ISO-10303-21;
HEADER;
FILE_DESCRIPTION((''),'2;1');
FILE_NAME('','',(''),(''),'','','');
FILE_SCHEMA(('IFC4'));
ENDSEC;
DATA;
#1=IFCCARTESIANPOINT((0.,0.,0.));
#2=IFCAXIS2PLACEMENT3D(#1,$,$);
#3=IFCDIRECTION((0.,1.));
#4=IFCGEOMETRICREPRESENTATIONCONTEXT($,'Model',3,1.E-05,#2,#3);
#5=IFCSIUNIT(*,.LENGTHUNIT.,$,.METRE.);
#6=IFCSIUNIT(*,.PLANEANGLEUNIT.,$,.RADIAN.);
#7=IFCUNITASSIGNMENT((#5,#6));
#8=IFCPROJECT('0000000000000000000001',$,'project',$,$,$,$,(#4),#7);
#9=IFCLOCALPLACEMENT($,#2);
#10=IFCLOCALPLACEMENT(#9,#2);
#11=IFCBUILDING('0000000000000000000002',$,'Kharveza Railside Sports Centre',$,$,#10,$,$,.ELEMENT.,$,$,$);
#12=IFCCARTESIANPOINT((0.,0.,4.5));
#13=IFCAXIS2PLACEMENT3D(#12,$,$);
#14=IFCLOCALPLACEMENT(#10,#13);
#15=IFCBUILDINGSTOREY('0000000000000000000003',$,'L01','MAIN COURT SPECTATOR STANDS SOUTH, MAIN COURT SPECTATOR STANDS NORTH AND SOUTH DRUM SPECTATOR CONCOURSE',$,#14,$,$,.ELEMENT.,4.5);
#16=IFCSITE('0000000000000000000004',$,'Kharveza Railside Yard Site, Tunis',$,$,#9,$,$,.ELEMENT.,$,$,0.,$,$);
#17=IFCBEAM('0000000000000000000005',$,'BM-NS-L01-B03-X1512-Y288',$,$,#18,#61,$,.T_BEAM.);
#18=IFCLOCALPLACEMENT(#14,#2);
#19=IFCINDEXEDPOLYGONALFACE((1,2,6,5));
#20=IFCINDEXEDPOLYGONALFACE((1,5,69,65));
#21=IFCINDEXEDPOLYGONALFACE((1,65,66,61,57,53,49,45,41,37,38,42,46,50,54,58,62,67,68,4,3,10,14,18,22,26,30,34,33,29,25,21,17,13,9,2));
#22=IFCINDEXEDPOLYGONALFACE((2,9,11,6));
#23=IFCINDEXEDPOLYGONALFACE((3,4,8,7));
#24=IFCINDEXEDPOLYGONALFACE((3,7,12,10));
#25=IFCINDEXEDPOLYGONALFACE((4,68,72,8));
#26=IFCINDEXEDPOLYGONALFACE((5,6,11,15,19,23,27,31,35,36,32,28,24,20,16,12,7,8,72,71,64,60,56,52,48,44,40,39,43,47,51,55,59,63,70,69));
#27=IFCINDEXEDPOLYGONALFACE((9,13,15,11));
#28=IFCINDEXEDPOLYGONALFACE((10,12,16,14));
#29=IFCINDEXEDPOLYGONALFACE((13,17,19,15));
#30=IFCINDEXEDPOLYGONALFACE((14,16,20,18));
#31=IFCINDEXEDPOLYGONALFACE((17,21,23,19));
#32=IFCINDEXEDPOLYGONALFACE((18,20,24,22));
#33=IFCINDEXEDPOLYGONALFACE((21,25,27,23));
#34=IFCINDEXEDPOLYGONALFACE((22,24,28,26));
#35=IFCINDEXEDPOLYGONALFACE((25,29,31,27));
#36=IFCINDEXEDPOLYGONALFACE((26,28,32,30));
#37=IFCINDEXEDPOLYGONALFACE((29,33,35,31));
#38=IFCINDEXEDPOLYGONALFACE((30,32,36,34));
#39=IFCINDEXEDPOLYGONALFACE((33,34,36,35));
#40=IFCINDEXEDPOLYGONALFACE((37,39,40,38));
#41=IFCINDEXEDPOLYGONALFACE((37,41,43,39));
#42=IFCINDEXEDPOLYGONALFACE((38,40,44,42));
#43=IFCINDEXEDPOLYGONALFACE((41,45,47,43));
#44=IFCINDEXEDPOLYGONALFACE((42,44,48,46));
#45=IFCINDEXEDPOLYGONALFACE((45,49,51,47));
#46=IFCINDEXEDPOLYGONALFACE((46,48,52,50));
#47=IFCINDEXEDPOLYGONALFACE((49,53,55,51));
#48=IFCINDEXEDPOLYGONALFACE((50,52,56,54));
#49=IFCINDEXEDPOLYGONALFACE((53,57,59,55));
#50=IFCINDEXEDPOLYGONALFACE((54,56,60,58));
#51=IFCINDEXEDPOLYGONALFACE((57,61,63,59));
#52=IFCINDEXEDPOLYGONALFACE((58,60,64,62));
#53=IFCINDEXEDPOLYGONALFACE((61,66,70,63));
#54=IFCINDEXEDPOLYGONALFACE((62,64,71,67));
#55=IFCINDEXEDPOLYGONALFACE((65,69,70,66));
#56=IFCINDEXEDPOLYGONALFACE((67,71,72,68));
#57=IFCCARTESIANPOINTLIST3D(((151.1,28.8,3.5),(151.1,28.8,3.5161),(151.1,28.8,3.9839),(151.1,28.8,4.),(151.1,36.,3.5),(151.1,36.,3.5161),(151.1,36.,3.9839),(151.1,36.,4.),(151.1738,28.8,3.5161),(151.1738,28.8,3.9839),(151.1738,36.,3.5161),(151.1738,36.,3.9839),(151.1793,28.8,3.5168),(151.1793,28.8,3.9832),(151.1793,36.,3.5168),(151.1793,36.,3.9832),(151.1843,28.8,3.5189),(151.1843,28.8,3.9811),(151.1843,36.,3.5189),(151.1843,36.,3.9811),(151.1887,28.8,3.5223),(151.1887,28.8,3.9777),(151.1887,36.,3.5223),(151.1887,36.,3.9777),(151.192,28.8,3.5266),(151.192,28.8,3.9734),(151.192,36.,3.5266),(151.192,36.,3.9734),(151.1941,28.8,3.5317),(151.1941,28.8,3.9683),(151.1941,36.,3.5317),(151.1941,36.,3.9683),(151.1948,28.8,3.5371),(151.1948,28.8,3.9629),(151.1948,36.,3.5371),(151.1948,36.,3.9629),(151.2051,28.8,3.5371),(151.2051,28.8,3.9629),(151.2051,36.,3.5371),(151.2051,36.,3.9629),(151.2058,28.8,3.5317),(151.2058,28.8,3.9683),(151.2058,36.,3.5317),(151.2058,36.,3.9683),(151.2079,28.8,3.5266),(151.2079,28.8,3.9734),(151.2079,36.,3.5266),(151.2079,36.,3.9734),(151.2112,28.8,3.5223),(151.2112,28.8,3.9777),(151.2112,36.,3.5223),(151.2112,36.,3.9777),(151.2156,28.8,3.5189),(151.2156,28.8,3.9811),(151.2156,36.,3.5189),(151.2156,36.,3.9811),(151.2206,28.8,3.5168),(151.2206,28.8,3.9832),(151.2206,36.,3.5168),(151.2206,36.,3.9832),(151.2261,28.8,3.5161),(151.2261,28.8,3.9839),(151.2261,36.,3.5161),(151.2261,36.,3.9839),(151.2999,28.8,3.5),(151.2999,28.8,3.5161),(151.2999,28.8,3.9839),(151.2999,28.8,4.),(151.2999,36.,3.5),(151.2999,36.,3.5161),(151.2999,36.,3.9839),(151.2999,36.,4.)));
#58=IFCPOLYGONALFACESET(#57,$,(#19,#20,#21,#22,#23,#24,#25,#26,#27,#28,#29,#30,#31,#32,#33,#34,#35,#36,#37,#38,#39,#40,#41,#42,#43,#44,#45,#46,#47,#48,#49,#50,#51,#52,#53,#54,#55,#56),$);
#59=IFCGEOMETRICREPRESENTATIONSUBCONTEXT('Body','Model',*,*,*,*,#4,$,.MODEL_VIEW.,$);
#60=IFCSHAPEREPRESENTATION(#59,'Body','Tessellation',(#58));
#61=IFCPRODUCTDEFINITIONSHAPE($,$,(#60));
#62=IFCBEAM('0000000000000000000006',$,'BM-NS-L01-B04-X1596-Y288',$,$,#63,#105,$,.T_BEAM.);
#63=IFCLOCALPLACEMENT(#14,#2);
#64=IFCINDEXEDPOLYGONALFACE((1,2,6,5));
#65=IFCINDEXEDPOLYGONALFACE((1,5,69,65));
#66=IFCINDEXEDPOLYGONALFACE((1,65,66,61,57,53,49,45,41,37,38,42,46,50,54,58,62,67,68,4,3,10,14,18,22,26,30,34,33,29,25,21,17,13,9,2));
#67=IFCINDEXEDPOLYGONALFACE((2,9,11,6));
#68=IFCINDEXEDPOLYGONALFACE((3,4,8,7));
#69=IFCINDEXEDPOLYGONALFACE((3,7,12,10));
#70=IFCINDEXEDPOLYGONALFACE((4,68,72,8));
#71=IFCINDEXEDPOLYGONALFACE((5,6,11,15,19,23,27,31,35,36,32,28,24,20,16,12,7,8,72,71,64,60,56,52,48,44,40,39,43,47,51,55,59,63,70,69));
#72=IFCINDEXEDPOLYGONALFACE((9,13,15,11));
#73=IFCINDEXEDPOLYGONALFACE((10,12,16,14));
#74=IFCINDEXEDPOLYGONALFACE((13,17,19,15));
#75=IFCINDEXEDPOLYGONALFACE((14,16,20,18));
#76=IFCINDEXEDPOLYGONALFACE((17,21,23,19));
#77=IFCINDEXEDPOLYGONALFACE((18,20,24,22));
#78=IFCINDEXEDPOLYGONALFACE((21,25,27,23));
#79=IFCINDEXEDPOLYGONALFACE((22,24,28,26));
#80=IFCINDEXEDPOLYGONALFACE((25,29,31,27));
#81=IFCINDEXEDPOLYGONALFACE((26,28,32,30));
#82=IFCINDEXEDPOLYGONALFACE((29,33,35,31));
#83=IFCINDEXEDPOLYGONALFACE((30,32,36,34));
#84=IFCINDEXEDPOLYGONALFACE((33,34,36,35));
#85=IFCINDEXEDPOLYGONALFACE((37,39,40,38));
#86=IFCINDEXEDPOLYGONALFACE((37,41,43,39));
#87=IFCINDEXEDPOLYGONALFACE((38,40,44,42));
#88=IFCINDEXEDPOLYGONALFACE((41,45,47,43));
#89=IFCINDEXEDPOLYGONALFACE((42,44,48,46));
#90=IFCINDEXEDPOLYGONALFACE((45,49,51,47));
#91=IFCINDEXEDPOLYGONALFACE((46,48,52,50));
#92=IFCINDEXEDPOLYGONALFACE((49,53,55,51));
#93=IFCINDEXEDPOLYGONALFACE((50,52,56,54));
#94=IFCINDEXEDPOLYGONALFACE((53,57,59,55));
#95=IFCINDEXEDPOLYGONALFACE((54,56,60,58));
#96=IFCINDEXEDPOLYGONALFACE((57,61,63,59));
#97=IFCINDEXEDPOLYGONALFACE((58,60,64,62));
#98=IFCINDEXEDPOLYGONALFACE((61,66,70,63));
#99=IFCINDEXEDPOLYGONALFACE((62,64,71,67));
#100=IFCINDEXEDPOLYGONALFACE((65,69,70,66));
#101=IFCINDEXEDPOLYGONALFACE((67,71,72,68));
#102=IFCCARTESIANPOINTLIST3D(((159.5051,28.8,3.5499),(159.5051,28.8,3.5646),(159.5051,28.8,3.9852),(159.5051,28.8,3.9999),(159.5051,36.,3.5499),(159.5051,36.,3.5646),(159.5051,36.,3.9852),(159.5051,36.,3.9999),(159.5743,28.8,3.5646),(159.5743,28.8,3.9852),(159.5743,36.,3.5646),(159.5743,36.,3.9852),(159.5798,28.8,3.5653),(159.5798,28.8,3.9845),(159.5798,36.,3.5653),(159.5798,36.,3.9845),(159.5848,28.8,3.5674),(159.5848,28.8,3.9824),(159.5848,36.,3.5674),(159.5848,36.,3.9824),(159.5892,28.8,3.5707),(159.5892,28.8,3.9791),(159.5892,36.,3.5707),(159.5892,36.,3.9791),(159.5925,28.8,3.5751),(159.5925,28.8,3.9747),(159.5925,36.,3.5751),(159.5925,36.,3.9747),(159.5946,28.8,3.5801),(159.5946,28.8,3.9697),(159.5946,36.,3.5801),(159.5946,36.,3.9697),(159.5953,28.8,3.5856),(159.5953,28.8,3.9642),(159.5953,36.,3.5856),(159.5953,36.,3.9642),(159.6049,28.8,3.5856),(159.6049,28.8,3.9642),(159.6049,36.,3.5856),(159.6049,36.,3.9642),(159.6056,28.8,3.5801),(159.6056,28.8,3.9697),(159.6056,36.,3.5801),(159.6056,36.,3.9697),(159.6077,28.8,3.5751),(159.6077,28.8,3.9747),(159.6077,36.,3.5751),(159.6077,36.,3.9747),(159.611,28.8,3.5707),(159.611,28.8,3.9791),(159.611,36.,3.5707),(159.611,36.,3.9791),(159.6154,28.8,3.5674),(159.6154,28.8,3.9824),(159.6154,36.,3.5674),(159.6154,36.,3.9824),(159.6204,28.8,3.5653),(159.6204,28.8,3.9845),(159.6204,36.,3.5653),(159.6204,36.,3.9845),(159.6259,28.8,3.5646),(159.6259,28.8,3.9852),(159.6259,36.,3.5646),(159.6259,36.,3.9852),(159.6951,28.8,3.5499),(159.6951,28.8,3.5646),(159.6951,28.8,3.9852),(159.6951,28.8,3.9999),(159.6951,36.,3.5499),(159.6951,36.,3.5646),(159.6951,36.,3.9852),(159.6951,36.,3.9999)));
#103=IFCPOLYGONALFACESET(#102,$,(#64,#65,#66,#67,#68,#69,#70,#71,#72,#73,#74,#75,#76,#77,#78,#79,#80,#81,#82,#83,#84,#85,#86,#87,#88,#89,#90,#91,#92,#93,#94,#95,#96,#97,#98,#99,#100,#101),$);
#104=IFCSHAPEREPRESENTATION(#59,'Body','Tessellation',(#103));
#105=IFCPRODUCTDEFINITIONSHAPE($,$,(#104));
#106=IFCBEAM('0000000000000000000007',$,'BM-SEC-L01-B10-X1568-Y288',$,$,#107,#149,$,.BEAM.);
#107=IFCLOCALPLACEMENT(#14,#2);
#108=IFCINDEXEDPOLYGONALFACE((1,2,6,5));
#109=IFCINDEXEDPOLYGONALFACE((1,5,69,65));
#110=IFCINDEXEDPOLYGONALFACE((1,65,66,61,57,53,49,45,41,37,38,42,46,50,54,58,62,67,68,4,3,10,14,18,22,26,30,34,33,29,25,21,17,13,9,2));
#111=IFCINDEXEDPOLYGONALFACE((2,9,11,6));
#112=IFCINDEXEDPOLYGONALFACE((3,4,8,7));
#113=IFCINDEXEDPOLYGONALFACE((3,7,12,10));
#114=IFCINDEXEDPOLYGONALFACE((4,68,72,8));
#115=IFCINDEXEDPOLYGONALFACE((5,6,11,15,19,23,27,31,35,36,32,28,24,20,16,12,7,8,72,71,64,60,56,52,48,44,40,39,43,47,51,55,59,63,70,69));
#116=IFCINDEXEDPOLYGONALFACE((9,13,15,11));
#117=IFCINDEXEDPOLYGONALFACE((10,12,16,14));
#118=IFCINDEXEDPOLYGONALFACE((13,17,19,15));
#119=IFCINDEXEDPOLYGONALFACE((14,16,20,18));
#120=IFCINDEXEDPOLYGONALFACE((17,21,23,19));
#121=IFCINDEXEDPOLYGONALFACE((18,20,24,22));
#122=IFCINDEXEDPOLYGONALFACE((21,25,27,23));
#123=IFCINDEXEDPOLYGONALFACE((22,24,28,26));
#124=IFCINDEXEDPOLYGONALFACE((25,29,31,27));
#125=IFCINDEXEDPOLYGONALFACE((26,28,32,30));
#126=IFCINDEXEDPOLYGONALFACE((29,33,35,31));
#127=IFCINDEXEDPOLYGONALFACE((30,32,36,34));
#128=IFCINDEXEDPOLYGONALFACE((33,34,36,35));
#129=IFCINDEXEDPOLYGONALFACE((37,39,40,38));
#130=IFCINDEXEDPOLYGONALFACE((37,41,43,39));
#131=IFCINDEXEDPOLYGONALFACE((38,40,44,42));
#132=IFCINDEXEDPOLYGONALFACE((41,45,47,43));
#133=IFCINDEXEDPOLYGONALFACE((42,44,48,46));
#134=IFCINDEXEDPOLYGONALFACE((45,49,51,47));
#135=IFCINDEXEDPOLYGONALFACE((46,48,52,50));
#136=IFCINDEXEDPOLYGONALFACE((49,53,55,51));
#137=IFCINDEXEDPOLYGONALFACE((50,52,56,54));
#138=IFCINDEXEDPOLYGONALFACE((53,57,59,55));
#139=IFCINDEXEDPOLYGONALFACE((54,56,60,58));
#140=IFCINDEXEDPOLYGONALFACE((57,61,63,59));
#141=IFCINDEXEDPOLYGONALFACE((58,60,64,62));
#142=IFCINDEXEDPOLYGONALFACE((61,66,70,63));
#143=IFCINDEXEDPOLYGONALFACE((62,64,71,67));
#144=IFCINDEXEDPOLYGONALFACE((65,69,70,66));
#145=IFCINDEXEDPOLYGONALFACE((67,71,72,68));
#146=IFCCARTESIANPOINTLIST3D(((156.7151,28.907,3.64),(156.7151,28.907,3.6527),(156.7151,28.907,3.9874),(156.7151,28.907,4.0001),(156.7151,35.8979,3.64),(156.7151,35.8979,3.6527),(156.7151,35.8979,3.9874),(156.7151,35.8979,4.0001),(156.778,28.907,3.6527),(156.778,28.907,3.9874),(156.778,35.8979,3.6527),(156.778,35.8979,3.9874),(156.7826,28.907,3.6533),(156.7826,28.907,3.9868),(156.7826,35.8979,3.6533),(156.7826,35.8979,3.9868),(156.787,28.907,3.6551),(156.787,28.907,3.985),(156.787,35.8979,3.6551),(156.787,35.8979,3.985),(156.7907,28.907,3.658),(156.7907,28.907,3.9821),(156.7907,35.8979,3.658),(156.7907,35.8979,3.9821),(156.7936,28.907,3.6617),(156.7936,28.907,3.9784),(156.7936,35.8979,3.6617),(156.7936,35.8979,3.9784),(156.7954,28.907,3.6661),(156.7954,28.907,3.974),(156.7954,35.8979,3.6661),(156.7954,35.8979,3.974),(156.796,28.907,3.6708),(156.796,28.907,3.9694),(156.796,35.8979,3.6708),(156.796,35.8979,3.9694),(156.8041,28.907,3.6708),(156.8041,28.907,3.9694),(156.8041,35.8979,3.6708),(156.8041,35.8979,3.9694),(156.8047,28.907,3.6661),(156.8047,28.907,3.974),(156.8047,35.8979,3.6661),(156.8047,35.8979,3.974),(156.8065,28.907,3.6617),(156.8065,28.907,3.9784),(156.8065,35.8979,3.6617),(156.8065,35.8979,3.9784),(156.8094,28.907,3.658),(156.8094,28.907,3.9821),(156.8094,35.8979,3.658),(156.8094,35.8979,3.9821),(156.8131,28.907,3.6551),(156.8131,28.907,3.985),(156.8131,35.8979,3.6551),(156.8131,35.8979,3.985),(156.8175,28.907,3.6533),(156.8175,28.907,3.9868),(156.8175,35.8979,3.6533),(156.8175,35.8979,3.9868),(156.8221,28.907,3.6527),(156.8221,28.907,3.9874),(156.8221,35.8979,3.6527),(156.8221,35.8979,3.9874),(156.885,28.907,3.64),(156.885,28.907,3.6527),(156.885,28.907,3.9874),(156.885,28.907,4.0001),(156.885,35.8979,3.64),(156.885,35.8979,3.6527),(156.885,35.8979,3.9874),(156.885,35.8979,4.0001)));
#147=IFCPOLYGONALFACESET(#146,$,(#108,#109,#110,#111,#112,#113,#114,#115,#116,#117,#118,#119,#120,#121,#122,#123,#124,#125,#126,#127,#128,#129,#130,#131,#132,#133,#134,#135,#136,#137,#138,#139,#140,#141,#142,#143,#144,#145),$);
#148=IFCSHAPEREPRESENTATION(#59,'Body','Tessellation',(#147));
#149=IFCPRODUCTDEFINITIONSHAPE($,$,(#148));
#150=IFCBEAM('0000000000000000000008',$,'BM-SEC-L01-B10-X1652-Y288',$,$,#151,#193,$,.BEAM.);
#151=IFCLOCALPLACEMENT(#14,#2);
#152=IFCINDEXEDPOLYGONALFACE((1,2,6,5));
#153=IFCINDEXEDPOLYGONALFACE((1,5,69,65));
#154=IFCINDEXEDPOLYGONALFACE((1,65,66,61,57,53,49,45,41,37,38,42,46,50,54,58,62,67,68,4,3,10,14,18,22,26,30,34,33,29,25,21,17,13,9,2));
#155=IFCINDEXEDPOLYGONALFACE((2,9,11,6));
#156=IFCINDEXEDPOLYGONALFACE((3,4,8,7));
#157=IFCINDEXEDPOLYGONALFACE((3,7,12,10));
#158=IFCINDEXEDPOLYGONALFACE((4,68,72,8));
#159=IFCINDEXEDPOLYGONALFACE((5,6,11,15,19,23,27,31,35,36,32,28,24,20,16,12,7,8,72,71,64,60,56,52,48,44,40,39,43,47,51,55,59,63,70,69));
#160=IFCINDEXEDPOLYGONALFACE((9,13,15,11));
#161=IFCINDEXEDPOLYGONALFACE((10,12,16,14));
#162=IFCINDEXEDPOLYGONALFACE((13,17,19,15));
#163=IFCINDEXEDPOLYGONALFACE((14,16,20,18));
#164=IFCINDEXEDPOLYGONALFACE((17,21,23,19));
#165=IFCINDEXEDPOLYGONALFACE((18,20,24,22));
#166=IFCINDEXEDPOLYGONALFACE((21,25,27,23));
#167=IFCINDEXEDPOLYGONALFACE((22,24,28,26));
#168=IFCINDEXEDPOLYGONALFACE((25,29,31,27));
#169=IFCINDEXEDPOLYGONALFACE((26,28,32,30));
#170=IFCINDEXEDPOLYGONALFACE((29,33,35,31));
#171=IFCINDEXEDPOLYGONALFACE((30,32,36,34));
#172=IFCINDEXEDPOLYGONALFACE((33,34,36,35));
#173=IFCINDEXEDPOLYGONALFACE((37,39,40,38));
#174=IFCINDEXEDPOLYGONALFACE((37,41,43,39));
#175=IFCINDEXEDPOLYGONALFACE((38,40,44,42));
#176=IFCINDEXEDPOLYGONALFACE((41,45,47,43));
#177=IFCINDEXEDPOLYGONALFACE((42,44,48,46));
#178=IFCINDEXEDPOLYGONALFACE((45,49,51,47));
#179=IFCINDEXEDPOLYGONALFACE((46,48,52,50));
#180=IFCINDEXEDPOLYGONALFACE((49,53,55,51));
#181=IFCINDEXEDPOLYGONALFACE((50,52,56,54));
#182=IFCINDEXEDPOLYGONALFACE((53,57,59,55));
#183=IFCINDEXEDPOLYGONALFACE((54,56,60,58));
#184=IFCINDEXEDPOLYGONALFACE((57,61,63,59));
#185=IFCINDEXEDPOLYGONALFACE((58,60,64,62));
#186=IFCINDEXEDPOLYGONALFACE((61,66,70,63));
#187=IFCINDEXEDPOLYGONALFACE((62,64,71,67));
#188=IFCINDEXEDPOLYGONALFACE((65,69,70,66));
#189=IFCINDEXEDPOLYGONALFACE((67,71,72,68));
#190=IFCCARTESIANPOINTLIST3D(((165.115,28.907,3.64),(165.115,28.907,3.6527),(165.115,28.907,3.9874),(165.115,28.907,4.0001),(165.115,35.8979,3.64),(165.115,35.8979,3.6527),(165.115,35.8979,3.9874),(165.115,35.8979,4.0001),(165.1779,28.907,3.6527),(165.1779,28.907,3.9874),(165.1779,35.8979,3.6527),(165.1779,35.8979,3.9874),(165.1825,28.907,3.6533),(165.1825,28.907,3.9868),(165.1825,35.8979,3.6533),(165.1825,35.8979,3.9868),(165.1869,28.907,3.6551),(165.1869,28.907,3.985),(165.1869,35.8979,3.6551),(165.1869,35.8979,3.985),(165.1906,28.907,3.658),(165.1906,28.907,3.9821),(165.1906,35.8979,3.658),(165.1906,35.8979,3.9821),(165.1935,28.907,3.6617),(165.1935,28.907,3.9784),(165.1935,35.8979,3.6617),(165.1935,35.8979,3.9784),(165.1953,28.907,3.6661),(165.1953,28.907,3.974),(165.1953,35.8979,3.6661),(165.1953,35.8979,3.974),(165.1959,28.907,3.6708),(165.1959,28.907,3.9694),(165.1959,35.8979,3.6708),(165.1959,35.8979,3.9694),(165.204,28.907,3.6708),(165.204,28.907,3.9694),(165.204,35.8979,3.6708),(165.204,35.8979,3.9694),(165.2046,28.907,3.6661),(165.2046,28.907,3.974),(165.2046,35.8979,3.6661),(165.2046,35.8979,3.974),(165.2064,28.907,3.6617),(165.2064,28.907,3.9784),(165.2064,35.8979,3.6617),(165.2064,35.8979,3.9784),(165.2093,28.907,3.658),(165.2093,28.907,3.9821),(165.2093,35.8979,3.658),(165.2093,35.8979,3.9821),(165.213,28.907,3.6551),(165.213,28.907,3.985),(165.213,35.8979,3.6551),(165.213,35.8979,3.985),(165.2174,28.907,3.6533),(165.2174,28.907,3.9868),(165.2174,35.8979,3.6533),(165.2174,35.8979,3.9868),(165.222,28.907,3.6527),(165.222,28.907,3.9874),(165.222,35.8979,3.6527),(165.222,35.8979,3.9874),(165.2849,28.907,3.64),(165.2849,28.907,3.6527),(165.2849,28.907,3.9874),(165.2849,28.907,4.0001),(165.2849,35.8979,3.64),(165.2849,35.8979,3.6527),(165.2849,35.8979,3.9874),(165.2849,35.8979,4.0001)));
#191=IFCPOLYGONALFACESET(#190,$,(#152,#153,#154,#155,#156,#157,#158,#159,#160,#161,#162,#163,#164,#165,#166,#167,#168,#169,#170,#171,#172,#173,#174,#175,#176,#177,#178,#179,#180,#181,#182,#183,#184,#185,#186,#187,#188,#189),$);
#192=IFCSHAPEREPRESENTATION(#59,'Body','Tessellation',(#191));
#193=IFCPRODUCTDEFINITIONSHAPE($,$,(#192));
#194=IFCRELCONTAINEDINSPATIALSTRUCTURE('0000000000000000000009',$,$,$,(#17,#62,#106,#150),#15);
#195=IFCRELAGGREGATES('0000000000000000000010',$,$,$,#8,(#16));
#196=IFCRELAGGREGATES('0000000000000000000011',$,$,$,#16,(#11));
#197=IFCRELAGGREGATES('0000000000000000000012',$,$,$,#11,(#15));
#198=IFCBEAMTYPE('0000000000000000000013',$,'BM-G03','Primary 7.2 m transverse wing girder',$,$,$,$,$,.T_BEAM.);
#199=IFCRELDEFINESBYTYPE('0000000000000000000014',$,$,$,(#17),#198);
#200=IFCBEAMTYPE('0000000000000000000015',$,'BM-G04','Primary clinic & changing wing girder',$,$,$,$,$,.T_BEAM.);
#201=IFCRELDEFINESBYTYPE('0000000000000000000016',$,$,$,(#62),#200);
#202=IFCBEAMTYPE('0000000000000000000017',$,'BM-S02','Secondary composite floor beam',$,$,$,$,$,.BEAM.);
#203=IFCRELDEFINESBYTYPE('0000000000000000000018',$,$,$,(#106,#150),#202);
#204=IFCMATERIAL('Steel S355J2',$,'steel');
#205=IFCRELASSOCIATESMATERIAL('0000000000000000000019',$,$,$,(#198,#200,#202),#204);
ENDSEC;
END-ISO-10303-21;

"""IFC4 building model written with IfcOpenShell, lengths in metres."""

from ifc_helpers import new_model, si_unit, direction, frame, origin, origin_2d, place, context, subcontext, project, spatial, i_section, extrude, material, material_profile, profile_set, type_object, element, save


model = new_model("IFC4")

# Units and contexts
model_context = context("Model", 3, precision=1e-05, world=origin(), true_north=direction((0.0, 1.0)))
body_context = subcontext(model_context, "Body", "Model", "MODEL_VIEW")
ifc_project = project(units=[si_unit("LENGTHUNIT", "METRE"), si_unit("PLANEANGLEUNIT", "RADIAN")], contexts=[model_context])

# Site, building, storey
site_placement = place(None, origin())
site = spatial("IfcSite", under=ifc_project, at=site_placement, Name="Kharveza Railside Yard Site, Tunis", CompositionType="ELEMENT", RefElevation=0.0)
building_placement = place(site_placement, origin())
building = spatial("IfcBuilding", under=site, at=building_placement, Name="Kharveza Railside Sports Centre", CompositionType="ELEMENT")
storey_placement = place(building_placement, frame((0.0, 0.0, 4.5)))
storey = spatial("IfcBuildingStorey", under=building, at=storey_placement, Name="L01", Description="MAIN COURT SPECTATOR STANDS SOUTH, MAIN COURT SPECTATOR STANDS NORTH AND SOUTH DRUM SPECTATOR CONCOURSE", CompositionType="ELEMENT", Elevation=4.5)

# Shared definitions
ifc_material_1 = material(Name="Steel S355J2", Category="steel")

# Beams
ifc_material_profile_1 = material_profile(ifc_material_1, i_section(OverallWidth=0.2, OverallDepth=0.5, WebThickness=0.0103, FlangeThickness=0.0161, FilletRadius=0.021, at=origin_2d()), Name="IPE 500")
ifc_profile_set_1 = profile_set([ifc_material_profile_1], Name="Steel S355J2")
beam_type_1 = type_object("IfcBeamType", Name="BM-G03", Description="Primary 7.2 m transverse wing girder", PredefinedType="T_BEAM", material=ifc_profile_set_1)
beam_1_placement = place(storey_placement, frame((151.2, 28.8, 3.75), z_axis=(0.0, 1.0, 0.0), x_axis=(-1.0, 0.0, 0.0)))
element("IfcBeam", 1, at=beam_1_placement, inside=storey, type_object=beam_type_1, Name="BM-NS-L01-B03-X1512-Y288", PredefinedType="T_BEAM", context=body_context, shape_type="SweptSolid", body=[
    extrude(i_section(OverallWidth=0.2, OverallDepth=0.5, WebThickness=0.0103, FlangeThickness=0.0161, FilletRadius=0.021, at=origin_2d()), origin(), (0.0, 0.0, 1.0), 7.2),
])
ifc_material_profile_2 = material_profile(ifc_material_1, i_section(OverallWidth=0.1899, OverallDepth=0.45, WebThickness=0.0095, FlangeThickness=0.0146, FilletRadius=0.021, at=origin_2d()), Name="IPE 450")
ifc_profile_set_2 = profile_set([ifc_material_profile_2], Name="Steel S355J2")
beam_type_2 = type_object("IfcBeamType", Name="BM-G04", Description="Primary clinic & changing wing girder", PredefinedType="T_BEAM", material=ifc_profile_set_2)
beam_2_placement = place(storey_placement, frame((159.6001, 28.8, 3.7749), z_axis=(0.0, 1.0, 0.0), x_axis=(-1.0, 0.0, 0.0)))
element("IfcBeam", 2, at=beam_2_placement, inside=storey, type_object=beam_type_2, Name="BM-NS-L01-B04-X1596-Y288", PredefinedType="T_BEAM", context=body_context, shape_type="SweptSolid", body=[
    extrude(i_section(OverallWidth=0.1899, OverallDepth=0.45, WebThickness=0.0095, FlangeThickness=0.0146, FilletRadius=0.021, at=origin_2d()), origin(), (0.0, 0.0, 1.0), 7.2),
])
ifc_material_profile_3 = material_profile(ifc_material_1, i_section(OverallWidth=0.1699, OverallDepth=0.3601, WebThickness=0.0081, FlangeThickness=0.0127, FilletRadius=0.0181, at=origin_2d()), Name="IPE 360")
ifc_profile_set_3 = profile_set([ifc_material_profile_3], Name="Steel S355J2")
beam_type_3 = type_object("IfcBeamType", Name="BM-S02", Description="Secondary composite floor beam", PredefinedType="BEAM", material=ifc_profile_set_3)
for number, where, z_axis, x_axis, name in (
    (3, (156.8, 28.907, 3.8201), (0.0, 1.0, 0.0), (-1.0, 0.0, 0.0), "BM-SEC-L01-B10-X1568-Y288"),
    (4, (165.2, 28.907, 3.8201), (0.0, 1.0, 0.0), (-1.0, 0.0, 0.0), "BM-SEC-L01-B10-X1652-Y288"),
):
    element("IfcBeam", number, at=place(storey_placement, frame(where, z_axis=z_axis, x_axis=x_axis)), inside=storey, type_object=beam_type_3, Name=name, PredefinedType="BEAM", context=body_context, shape_type="SweptSolid", body=[
        extrude(i_section(OverallWidth=0.1699, OverallDepth=0.3601, WebThickness=0.0081, FlangeThickness=0.0127, FilletRadius=0.0181, at=origin_2d()), origin(), (0.0, 0.0, 1.0), 6.991),
    ])

save(model, "model.ifc")
